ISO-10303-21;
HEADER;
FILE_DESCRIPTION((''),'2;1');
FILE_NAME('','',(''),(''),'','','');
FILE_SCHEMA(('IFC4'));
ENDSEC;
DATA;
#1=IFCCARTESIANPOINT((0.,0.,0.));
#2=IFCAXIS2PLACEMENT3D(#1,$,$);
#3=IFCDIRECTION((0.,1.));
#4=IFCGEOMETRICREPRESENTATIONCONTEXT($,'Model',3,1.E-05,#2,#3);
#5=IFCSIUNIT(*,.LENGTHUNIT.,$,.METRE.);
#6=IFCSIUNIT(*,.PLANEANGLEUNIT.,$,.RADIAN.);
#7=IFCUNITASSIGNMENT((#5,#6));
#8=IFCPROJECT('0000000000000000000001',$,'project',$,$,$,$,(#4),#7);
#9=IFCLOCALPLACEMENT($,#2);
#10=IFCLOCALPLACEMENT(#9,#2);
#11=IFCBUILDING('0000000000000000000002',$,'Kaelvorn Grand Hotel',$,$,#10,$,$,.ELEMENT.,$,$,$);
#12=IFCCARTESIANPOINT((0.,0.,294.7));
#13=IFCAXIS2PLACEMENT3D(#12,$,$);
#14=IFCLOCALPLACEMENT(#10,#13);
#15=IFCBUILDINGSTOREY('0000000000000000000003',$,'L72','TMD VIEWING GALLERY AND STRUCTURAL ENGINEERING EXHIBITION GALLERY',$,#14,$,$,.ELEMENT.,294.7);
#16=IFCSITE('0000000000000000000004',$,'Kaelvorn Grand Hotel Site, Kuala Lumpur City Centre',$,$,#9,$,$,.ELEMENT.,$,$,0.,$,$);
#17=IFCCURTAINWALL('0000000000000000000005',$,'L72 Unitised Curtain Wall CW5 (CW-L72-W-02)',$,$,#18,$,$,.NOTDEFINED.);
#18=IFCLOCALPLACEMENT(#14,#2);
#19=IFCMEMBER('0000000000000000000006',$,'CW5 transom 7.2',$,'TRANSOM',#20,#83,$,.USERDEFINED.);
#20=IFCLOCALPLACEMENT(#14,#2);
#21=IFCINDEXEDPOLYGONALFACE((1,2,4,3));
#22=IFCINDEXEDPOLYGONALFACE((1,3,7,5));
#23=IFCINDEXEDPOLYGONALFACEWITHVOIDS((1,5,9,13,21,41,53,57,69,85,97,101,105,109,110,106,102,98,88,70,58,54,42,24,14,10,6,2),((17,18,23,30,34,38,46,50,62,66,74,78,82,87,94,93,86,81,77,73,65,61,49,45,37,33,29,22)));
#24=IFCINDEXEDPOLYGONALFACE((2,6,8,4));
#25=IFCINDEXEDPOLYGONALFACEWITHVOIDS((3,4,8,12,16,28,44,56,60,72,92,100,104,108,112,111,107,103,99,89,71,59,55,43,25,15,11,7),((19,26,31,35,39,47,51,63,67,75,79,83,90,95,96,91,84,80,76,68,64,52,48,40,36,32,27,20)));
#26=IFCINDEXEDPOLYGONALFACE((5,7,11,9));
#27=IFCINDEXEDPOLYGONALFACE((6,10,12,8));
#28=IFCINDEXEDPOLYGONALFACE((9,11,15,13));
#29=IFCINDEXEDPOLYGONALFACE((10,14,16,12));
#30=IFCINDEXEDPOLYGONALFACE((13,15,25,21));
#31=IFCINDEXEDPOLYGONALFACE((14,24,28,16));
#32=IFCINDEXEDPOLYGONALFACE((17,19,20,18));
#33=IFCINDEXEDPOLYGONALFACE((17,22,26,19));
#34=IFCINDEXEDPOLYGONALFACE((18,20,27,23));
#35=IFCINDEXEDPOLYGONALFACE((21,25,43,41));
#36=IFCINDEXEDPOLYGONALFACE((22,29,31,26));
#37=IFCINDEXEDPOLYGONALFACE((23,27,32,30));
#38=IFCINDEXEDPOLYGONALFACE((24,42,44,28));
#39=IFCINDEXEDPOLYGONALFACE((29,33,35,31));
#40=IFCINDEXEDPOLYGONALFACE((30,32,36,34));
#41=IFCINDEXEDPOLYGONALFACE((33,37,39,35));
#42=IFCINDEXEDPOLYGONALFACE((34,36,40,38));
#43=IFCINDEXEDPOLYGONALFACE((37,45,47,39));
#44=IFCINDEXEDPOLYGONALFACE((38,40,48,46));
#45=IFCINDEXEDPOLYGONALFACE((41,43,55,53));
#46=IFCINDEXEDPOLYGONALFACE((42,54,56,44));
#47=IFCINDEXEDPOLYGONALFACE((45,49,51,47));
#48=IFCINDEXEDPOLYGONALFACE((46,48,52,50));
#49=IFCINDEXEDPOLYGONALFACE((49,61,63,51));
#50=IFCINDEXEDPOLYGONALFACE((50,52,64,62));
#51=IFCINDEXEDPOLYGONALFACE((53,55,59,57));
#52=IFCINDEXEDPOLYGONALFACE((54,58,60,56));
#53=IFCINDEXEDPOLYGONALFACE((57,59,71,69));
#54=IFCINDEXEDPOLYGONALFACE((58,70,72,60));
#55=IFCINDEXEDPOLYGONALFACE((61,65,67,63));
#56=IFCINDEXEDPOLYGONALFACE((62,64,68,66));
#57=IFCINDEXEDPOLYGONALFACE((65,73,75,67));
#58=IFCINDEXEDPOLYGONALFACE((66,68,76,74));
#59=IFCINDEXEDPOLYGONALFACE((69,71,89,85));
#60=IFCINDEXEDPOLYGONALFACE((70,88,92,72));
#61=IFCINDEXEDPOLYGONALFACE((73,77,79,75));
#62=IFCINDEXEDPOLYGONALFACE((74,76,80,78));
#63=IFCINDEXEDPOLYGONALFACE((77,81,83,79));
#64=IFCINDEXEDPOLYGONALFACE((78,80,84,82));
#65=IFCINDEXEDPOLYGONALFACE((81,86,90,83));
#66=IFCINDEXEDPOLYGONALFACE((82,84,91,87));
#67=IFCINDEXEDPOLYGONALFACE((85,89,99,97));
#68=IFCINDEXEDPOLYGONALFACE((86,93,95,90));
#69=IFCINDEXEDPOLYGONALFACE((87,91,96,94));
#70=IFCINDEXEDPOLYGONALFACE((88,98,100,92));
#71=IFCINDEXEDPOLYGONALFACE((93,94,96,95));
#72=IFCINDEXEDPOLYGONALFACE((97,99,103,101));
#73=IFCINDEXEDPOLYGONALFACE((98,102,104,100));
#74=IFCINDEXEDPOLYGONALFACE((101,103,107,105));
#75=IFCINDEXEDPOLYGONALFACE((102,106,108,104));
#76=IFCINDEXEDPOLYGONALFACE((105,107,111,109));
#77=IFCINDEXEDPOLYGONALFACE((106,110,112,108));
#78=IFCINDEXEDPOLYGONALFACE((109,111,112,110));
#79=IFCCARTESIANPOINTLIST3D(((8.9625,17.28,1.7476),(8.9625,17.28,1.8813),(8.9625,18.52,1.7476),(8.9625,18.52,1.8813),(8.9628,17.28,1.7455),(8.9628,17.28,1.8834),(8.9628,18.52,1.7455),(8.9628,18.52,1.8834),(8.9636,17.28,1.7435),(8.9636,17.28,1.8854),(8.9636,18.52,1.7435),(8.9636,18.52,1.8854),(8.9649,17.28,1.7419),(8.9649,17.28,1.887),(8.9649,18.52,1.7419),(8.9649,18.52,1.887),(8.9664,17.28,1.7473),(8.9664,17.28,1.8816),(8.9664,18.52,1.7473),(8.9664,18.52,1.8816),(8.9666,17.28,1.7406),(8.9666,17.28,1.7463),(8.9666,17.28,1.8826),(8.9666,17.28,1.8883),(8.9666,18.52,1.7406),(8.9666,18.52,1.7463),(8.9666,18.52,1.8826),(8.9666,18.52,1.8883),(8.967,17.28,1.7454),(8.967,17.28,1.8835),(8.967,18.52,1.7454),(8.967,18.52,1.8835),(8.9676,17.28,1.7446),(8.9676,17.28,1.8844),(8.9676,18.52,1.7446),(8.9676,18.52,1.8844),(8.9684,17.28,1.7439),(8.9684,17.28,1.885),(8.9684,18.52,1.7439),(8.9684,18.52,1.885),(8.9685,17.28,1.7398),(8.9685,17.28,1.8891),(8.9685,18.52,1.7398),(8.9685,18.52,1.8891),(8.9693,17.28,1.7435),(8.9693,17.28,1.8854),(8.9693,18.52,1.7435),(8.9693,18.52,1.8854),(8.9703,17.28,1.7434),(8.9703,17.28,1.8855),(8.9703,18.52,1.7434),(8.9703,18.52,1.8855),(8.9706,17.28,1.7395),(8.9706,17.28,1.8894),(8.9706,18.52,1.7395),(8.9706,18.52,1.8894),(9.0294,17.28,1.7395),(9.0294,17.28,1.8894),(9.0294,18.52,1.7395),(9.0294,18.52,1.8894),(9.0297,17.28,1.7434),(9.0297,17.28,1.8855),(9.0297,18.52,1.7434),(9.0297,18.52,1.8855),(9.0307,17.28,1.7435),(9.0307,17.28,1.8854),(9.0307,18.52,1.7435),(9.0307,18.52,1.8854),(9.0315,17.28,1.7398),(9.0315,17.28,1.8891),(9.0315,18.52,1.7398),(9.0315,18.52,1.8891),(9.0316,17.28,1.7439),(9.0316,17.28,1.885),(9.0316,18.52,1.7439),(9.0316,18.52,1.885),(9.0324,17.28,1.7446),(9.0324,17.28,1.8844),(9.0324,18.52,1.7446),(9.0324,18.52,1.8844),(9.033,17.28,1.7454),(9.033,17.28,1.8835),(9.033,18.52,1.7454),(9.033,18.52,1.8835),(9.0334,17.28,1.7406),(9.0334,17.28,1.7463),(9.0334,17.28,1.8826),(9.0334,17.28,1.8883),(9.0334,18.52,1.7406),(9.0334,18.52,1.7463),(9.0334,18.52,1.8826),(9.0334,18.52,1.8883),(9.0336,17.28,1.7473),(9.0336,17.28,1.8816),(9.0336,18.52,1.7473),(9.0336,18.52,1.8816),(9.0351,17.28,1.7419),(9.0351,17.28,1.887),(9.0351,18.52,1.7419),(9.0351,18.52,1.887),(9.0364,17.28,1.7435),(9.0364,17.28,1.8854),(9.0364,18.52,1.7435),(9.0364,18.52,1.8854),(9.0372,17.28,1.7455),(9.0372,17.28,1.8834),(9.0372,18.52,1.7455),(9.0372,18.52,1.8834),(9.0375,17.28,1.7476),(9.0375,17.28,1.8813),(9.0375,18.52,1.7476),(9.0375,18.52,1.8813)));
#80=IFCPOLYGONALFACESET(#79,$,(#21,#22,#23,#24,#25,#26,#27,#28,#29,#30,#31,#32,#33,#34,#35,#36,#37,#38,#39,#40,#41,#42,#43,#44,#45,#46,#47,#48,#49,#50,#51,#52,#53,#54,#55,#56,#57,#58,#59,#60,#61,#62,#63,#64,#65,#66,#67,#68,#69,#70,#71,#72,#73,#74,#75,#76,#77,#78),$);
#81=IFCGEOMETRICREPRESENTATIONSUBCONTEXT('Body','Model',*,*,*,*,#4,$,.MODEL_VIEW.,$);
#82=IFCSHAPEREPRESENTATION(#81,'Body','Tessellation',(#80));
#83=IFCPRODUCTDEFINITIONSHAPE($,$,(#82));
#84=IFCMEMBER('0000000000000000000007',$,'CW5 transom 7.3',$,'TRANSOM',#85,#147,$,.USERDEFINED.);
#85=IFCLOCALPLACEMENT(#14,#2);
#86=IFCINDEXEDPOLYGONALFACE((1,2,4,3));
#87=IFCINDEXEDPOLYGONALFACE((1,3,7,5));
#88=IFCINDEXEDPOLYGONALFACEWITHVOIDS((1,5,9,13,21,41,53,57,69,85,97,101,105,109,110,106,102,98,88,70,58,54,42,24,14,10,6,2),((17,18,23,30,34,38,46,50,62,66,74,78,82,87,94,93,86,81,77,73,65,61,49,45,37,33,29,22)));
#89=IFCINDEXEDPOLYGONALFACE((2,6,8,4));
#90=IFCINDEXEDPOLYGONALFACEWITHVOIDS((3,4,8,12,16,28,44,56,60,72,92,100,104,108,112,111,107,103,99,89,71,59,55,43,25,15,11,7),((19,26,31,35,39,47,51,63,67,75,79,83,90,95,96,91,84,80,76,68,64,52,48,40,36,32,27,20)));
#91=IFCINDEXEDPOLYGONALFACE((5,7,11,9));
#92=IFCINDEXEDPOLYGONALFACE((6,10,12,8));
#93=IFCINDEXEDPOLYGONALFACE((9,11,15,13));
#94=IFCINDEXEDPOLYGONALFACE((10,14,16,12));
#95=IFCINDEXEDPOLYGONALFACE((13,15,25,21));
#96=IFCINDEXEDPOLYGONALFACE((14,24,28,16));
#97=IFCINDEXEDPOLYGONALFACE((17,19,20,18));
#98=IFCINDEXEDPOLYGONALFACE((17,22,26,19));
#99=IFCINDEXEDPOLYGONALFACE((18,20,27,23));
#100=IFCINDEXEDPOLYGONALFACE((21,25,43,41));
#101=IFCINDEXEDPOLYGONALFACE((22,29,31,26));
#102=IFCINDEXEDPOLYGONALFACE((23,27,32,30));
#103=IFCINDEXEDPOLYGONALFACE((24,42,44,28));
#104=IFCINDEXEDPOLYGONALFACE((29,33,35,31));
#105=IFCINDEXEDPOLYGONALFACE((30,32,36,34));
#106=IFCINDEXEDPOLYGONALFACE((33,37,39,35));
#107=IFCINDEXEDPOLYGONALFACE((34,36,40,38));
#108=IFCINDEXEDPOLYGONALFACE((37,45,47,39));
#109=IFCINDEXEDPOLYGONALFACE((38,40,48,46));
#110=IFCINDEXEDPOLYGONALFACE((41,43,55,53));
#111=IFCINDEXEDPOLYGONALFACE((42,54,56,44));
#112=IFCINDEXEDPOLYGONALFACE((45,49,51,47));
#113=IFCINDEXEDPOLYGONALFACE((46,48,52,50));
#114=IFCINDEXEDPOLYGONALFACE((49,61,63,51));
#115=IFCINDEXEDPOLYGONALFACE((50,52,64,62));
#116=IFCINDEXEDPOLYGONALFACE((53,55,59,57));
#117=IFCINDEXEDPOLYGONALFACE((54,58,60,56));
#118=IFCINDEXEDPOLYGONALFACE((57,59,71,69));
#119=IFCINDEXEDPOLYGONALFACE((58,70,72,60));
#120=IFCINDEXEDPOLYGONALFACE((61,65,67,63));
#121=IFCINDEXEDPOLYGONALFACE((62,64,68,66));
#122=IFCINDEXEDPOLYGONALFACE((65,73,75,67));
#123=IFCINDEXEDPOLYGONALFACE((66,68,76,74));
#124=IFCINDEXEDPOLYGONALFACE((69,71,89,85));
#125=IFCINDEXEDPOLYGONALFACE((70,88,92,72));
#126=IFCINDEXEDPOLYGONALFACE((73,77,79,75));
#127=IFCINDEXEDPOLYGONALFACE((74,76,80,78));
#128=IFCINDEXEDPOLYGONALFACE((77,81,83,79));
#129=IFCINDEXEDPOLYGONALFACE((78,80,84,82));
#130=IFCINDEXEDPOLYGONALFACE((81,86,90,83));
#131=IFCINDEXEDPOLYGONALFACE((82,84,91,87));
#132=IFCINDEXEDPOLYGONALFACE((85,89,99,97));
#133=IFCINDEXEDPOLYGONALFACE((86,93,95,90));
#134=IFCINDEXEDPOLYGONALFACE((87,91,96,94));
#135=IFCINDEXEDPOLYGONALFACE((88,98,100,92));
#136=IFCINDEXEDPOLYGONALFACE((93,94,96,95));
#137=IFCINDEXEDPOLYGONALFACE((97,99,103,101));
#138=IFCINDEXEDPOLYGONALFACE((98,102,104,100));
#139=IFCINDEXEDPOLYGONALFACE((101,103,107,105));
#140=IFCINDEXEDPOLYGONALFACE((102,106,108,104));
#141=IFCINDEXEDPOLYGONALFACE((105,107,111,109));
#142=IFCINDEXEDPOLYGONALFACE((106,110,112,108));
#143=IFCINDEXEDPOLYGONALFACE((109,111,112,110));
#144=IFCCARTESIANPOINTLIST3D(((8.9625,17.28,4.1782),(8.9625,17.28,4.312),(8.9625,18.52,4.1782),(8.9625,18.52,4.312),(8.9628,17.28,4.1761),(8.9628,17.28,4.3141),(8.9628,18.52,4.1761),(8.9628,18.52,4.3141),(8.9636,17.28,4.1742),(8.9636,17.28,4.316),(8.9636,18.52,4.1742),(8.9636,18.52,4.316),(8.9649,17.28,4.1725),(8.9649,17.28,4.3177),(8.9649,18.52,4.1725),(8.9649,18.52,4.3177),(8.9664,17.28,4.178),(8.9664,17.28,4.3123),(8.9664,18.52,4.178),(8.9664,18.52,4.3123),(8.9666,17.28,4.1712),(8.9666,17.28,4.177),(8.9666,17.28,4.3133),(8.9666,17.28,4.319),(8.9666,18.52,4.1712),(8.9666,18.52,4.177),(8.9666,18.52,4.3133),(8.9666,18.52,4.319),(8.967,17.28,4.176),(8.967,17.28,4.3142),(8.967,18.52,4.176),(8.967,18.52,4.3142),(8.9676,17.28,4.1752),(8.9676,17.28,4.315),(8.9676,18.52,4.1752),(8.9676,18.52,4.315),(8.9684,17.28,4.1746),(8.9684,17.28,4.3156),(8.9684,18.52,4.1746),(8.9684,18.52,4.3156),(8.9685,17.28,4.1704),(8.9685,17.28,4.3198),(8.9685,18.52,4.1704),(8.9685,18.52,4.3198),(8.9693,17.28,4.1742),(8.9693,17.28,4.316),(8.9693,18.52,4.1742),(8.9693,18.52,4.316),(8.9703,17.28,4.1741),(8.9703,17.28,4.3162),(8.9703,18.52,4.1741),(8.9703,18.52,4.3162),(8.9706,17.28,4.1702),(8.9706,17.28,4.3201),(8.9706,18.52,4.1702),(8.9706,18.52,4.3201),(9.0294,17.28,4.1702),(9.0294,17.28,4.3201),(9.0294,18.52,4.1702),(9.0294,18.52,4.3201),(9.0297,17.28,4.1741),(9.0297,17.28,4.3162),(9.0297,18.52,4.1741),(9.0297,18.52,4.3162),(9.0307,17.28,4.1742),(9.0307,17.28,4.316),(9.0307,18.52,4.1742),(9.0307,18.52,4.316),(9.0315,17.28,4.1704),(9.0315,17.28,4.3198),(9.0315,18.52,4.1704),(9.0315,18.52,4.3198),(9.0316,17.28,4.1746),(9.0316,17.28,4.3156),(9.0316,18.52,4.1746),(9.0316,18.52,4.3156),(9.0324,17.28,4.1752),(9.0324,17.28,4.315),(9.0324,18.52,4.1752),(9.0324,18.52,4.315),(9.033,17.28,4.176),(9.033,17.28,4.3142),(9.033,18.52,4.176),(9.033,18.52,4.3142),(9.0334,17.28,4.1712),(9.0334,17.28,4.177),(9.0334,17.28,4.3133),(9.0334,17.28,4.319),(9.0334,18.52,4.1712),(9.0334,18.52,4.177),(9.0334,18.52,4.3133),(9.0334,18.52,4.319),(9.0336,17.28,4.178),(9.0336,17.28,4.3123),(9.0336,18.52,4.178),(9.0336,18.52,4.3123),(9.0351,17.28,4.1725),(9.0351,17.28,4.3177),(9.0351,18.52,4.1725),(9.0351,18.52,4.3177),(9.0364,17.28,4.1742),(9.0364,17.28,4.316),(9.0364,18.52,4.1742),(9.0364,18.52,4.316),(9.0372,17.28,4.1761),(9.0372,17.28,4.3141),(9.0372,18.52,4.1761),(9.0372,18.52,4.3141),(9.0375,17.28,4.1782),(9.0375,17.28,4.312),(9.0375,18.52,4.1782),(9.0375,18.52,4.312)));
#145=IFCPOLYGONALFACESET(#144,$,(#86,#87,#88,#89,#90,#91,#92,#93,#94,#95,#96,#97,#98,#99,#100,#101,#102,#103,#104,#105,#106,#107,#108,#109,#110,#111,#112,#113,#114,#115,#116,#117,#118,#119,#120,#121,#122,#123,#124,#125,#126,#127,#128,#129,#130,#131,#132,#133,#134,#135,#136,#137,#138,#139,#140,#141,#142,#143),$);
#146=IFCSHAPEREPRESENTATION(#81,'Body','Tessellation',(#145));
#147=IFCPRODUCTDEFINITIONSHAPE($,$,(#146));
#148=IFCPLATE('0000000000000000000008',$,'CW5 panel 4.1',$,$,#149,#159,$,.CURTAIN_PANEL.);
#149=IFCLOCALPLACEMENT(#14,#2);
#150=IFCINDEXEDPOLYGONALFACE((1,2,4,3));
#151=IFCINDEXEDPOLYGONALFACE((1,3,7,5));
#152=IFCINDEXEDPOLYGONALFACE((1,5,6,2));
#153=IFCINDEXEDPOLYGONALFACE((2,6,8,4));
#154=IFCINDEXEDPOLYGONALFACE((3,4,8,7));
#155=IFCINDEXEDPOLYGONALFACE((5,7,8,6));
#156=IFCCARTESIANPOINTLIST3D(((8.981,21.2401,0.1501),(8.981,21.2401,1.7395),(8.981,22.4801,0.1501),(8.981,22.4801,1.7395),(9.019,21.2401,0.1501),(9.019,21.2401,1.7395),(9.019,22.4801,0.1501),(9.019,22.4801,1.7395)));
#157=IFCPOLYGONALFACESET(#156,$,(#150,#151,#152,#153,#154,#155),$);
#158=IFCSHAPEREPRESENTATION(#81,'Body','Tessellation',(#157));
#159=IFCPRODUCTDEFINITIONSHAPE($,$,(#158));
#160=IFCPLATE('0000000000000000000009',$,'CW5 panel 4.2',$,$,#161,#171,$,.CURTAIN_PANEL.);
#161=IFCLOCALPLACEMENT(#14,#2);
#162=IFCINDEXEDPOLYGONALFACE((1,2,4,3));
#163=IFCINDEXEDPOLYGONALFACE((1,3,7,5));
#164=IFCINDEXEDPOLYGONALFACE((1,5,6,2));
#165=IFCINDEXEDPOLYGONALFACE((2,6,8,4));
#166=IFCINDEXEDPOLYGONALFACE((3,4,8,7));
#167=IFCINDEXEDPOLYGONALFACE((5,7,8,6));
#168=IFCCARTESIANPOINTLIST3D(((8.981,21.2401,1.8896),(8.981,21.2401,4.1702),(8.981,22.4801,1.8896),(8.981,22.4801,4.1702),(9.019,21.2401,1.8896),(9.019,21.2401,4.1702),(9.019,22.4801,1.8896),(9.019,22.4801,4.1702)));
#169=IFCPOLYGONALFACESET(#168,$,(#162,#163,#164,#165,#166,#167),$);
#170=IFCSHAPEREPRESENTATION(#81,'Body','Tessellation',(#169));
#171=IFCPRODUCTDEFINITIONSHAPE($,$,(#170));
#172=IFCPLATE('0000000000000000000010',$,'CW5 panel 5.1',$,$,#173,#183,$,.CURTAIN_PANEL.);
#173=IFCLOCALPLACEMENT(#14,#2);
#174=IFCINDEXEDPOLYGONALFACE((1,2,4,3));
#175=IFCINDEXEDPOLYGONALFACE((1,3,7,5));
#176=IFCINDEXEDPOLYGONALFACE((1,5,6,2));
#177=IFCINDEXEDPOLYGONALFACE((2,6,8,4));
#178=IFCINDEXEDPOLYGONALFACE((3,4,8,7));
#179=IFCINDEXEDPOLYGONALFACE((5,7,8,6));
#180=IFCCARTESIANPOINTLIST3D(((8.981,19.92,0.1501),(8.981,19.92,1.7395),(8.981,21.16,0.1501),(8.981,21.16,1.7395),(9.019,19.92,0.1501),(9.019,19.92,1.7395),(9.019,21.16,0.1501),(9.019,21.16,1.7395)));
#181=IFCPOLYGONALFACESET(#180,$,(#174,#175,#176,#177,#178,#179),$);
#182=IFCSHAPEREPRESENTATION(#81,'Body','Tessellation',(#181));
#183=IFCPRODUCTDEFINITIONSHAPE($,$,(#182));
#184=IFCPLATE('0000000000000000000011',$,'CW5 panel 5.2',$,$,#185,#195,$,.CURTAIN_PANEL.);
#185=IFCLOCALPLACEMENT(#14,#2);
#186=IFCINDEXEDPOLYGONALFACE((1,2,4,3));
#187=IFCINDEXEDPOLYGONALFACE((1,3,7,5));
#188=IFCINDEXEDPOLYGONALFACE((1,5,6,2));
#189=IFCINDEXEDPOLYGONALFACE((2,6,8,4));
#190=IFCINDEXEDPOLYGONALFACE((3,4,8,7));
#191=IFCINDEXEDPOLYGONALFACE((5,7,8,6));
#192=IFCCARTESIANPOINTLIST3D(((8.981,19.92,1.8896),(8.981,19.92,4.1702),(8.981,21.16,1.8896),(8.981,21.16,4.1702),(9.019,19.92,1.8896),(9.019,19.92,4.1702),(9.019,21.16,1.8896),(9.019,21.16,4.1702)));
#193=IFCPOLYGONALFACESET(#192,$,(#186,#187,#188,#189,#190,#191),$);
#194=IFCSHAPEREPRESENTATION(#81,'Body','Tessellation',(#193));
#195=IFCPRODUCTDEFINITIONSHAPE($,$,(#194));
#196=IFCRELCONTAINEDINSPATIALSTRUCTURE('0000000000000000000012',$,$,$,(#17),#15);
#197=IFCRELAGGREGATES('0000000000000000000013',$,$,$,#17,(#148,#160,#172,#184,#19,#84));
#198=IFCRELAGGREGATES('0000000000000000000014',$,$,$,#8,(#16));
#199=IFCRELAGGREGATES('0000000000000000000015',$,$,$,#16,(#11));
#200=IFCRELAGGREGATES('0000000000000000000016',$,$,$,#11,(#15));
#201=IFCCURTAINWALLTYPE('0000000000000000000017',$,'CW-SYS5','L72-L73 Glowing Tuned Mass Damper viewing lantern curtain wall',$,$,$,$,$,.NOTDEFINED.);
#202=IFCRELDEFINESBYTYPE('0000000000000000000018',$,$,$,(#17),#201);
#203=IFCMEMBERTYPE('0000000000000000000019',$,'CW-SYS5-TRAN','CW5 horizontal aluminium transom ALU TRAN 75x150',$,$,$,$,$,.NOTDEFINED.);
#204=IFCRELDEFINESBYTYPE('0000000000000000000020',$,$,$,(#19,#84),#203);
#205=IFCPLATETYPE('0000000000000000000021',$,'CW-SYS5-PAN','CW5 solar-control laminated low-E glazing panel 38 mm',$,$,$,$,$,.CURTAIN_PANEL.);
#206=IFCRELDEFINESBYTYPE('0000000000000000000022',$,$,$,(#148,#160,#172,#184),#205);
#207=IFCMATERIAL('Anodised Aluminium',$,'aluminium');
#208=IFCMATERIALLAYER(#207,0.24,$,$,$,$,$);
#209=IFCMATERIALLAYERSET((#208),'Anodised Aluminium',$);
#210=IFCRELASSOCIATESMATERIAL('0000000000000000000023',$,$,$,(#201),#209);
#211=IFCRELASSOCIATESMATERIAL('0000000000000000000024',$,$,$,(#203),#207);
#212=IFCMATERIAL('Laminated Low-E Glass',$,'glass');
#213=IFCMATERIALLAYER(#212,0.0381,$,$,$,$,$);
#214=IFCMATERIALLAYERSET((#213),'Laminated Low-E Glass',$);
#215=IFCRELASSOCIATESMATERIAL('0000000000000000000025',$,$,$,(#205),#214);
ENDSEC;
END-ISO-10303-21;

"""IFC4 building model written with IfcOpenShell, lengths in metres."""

from ifc_helpers import new_model, si_unit, direction, frame, origin, origin_2d, place, context, subcontext, project, spatial, rectangle, hollow_rectangle, extrude, material, layer, layer_set, material_profile, profile_set, type_object, element, aggregate, save


model = new_model("IFC4")

# Units and contexts
model_context = context("Model", 3, precision=1e-05, world=origin(), true_north=direction((0.0, 1.0)))
body_context = subcontext(model_context, "Body", "Model", "MODEL_VIEW")
ifc_project = project(units=[si_unit("LENGTHUNIT", "METRE"), si_unit("PLANEANGLEUNIT", "RADIAN")], contexts=[model_context])

# Site, building, storey
site_placement = place(None, origin())
site = spatial("IfcSite", under=ifc_project, at=site_placement, Name="Kaelvorn Grand Hotel Site, Kuala Lumpur City Centre", CompositionType="ELEMENT", RefElevation=0.0)
building_placement = place(site_placement, origin())
building = spatial("IfcBuilding", under=site, at=building_placement, Name="Kaelvorn Grand Hotel", CompositionType="ELEMENT")
storey_placement = place(building_placement, frame((0.0, 0.0, 294.7)))
storey = spatial("IfcBuildingStorey", under=building, at=storey_placement, Name="L72", Description="TMD VIEWING GALLERY AND STRUCTURAL ENGINEERING EXHIBITION GALLERY", CompositionType="ELEMENT", Elevation=294.7)

# Curtain wall, members, plates
ifc_material_1 = material(Name="Anodised Aluminium", Category="aluminium")
ifc_layer_1 = layer(ifc_material_1, 0.24)
ifc_layer_set_1 = layer_set([ifc_layer_1], Name="Anodised Aluminium")
curtain_wall_type = type_object("IfcCurtainWallType", Name="CW-SYS5", Description="L72-L73 Glowing Tuned Mass Damper viewing lantern curtain wall", PredefinedType="NOTDEFINED", material=ifc_layer_set_1)
curtain_wall_placement = place(storey_placement, origin())
curtain_wall = element("IfcCurtainWall", 1, at=curtain_wall_placement, inside=storey, type_object=curtain_wall_type, Name="L72 Unitised Curtain Wall CW5 (CW-L72-W-02)", PredefinedType="NOTDEFINED")
ifc_material_profile_1 = material_profile(ifc_material_1, hollow_rectangle(XDim=0.075, YDim=0.1499, WallThickness=0.0039, InnerFilletRadius=0.0039, OuterFilletRadius=0.0081, at=origin_2d()), Name="ALU TRAN 75x150")
ifc_profile_set_1 = profile_set([ifc_material_profile_1], Name="Anodised Aluminium")
member_type_1 = type_object("IfcMemberType", Name="CW-SYS5-TRAN", Description="CW5 horizontal aluminium transom ALU TRAN 75x150", PredefinedType="NOTDEFINED", material=ifc_profile_set_1)
member_1_placement = place(storey_placement, frame((9.0, 18.52, 1.8145), z_axis=(0.0, -1.0, 0.0), x_axis=(1.0, 0.0, 0.0)))
member_1 = element("IfcMember", 2, at=member_1_placement, type_object=member_type_1, Name="CW5 transom 7.2", ObjectType="TRANSOM", PredefinedType="USERDEFINED", context=body_context, shape_type="SweptSolid", body=[
    extrude(hollow_rectangle(XDim=0.075, YDim=0.1499, WallThickness=0.0039, InnerFilletRadius=0.0039, OuterFilletRadius=0.0081, at=origin_2d()), origin(), (0.0, 0.0, 1.0), 1.24),
])
member_2_placement = place(storey_placement, frame((9.0, 18.52, 4.2451), z_axis=(0.0, -1.0, 0.0), x_axis=(1.0, 0.0, 0.0)))
member_2 = element("IfcMember", 3, at=member_2_placement, type_object=member_type_1, Name="CW5 transom 7.3", ObjectType="TRANSOM", PredefinedType="USERDEFINED", context=body_context, shape_type="SweptSolid", body=[
    extrude(hollow_rectangle(XDim=0.075, YDim=0.1499, WallThickness=0.0039, InnerFilletRadius=0.0039, OuterFilletRadius=0.0081, at=origin_2d()), origin(), (0.0, 0.0, 1.0), 1.24),
])
ifc_material_2 = material(Name="Laminated Low-E Glass", Category="glass")
ifc_layer_2 = layer(ifc_material_2, 0.0381)
ifc_layer_set_2 = layer_set([ifc_layer_2], Name="Laminated Low-E Glass")
plate_type = type_object("IfcPlateType", Name="CW-SYS5-PAN", Description="CW5 solar-control laminated low-E glazing panel 38 mm", PredefinedType="CURTAIN_PANEL", material=ifc_layer_set_2)
plate_1_placement = place(storey_placement, frame((9.0, 21.8601, 0.1501), z_axis=(0.0, 0.0, 1.0), x_axis=(0.0, -1.0, 0.0)))
plate_1 = element("IfcPlate", 4, at=plate_1_placement, type_object=plate_type, Name="CW5 panel 4.1", PredefinedType="CURTAIN_PANEL", context=body_context, shape_type="SweptSolid", body=[
    extrude(rectangle(XDim=1.24, YDim=0.0381, at=origin_2d()), origin(), (0.0, 0.0, 1.0), 1.5894),
])
plate_2_placement = place(storey_placement, frame((9.0, 21.8601, 1.8896), z_axis=(0.0, 0.0, 1.0), x_axis=(0.0, -1.0, 0.0)))
plate_2 = element("IfcPlate", 5, at=plate_2_placement, type_object=plate_type, Name="CW5 panel 4.2", PredefinedType="CURTAIN_PANEL", context=body_context, shape_type="SweptSolid", body=[
    extrude(rectangle(XDim=1.24, YDim=0.0381, at=origin_2d()), origin(), (0.0, 0.0, 1.0), 2.2805),
])
plate_3_placement = place(storey_placement, frame((9.0, 20.54, 0.1501), z_axis=(0.0, 0.0, 1.0), x_axis=(0.0, -1.0, 0.0)))
plate_3 = element("IfcPlate", 6, at=plate_3_placement, type_object=plate_type, Name="CW5 panel 5.1", PredefinedType="CURTAIN_PANEL", context=body_context, shape_type="SweptSolid", body=[
    extrude(rectangle(XDim=1.24, YDim=0.0381, at=origin_2d()), origin(), (0.0, 0.0, 1.0), 1.5894),
])
plate_4_placement = place(storey_placement, frame((9.0, 20.54, 1.8896), z_axis=(0.0, 0.0, 1.0), x_axis=(0.0, -1.0, 0.0)))
plate_4 = element("IfcPlate", 7, at=plate_4_placement, type_object=plate_type, Name="CW5 panel 5.2", PredefinedType="CURTAIN_PANEL", context=body_context, shape_type="SweptSolid", body=[
    extrude(rectangle(XDim=1.24, YDim=0.0381, at=origin_2d()), origin(), (0.0, 0.0, 1.0), 2.2805),
])
aggregate(curtain_wall, [plate_1, plate_2, plate_3, plate_4, member_1, member_2])

save(model, "model.ifc")
